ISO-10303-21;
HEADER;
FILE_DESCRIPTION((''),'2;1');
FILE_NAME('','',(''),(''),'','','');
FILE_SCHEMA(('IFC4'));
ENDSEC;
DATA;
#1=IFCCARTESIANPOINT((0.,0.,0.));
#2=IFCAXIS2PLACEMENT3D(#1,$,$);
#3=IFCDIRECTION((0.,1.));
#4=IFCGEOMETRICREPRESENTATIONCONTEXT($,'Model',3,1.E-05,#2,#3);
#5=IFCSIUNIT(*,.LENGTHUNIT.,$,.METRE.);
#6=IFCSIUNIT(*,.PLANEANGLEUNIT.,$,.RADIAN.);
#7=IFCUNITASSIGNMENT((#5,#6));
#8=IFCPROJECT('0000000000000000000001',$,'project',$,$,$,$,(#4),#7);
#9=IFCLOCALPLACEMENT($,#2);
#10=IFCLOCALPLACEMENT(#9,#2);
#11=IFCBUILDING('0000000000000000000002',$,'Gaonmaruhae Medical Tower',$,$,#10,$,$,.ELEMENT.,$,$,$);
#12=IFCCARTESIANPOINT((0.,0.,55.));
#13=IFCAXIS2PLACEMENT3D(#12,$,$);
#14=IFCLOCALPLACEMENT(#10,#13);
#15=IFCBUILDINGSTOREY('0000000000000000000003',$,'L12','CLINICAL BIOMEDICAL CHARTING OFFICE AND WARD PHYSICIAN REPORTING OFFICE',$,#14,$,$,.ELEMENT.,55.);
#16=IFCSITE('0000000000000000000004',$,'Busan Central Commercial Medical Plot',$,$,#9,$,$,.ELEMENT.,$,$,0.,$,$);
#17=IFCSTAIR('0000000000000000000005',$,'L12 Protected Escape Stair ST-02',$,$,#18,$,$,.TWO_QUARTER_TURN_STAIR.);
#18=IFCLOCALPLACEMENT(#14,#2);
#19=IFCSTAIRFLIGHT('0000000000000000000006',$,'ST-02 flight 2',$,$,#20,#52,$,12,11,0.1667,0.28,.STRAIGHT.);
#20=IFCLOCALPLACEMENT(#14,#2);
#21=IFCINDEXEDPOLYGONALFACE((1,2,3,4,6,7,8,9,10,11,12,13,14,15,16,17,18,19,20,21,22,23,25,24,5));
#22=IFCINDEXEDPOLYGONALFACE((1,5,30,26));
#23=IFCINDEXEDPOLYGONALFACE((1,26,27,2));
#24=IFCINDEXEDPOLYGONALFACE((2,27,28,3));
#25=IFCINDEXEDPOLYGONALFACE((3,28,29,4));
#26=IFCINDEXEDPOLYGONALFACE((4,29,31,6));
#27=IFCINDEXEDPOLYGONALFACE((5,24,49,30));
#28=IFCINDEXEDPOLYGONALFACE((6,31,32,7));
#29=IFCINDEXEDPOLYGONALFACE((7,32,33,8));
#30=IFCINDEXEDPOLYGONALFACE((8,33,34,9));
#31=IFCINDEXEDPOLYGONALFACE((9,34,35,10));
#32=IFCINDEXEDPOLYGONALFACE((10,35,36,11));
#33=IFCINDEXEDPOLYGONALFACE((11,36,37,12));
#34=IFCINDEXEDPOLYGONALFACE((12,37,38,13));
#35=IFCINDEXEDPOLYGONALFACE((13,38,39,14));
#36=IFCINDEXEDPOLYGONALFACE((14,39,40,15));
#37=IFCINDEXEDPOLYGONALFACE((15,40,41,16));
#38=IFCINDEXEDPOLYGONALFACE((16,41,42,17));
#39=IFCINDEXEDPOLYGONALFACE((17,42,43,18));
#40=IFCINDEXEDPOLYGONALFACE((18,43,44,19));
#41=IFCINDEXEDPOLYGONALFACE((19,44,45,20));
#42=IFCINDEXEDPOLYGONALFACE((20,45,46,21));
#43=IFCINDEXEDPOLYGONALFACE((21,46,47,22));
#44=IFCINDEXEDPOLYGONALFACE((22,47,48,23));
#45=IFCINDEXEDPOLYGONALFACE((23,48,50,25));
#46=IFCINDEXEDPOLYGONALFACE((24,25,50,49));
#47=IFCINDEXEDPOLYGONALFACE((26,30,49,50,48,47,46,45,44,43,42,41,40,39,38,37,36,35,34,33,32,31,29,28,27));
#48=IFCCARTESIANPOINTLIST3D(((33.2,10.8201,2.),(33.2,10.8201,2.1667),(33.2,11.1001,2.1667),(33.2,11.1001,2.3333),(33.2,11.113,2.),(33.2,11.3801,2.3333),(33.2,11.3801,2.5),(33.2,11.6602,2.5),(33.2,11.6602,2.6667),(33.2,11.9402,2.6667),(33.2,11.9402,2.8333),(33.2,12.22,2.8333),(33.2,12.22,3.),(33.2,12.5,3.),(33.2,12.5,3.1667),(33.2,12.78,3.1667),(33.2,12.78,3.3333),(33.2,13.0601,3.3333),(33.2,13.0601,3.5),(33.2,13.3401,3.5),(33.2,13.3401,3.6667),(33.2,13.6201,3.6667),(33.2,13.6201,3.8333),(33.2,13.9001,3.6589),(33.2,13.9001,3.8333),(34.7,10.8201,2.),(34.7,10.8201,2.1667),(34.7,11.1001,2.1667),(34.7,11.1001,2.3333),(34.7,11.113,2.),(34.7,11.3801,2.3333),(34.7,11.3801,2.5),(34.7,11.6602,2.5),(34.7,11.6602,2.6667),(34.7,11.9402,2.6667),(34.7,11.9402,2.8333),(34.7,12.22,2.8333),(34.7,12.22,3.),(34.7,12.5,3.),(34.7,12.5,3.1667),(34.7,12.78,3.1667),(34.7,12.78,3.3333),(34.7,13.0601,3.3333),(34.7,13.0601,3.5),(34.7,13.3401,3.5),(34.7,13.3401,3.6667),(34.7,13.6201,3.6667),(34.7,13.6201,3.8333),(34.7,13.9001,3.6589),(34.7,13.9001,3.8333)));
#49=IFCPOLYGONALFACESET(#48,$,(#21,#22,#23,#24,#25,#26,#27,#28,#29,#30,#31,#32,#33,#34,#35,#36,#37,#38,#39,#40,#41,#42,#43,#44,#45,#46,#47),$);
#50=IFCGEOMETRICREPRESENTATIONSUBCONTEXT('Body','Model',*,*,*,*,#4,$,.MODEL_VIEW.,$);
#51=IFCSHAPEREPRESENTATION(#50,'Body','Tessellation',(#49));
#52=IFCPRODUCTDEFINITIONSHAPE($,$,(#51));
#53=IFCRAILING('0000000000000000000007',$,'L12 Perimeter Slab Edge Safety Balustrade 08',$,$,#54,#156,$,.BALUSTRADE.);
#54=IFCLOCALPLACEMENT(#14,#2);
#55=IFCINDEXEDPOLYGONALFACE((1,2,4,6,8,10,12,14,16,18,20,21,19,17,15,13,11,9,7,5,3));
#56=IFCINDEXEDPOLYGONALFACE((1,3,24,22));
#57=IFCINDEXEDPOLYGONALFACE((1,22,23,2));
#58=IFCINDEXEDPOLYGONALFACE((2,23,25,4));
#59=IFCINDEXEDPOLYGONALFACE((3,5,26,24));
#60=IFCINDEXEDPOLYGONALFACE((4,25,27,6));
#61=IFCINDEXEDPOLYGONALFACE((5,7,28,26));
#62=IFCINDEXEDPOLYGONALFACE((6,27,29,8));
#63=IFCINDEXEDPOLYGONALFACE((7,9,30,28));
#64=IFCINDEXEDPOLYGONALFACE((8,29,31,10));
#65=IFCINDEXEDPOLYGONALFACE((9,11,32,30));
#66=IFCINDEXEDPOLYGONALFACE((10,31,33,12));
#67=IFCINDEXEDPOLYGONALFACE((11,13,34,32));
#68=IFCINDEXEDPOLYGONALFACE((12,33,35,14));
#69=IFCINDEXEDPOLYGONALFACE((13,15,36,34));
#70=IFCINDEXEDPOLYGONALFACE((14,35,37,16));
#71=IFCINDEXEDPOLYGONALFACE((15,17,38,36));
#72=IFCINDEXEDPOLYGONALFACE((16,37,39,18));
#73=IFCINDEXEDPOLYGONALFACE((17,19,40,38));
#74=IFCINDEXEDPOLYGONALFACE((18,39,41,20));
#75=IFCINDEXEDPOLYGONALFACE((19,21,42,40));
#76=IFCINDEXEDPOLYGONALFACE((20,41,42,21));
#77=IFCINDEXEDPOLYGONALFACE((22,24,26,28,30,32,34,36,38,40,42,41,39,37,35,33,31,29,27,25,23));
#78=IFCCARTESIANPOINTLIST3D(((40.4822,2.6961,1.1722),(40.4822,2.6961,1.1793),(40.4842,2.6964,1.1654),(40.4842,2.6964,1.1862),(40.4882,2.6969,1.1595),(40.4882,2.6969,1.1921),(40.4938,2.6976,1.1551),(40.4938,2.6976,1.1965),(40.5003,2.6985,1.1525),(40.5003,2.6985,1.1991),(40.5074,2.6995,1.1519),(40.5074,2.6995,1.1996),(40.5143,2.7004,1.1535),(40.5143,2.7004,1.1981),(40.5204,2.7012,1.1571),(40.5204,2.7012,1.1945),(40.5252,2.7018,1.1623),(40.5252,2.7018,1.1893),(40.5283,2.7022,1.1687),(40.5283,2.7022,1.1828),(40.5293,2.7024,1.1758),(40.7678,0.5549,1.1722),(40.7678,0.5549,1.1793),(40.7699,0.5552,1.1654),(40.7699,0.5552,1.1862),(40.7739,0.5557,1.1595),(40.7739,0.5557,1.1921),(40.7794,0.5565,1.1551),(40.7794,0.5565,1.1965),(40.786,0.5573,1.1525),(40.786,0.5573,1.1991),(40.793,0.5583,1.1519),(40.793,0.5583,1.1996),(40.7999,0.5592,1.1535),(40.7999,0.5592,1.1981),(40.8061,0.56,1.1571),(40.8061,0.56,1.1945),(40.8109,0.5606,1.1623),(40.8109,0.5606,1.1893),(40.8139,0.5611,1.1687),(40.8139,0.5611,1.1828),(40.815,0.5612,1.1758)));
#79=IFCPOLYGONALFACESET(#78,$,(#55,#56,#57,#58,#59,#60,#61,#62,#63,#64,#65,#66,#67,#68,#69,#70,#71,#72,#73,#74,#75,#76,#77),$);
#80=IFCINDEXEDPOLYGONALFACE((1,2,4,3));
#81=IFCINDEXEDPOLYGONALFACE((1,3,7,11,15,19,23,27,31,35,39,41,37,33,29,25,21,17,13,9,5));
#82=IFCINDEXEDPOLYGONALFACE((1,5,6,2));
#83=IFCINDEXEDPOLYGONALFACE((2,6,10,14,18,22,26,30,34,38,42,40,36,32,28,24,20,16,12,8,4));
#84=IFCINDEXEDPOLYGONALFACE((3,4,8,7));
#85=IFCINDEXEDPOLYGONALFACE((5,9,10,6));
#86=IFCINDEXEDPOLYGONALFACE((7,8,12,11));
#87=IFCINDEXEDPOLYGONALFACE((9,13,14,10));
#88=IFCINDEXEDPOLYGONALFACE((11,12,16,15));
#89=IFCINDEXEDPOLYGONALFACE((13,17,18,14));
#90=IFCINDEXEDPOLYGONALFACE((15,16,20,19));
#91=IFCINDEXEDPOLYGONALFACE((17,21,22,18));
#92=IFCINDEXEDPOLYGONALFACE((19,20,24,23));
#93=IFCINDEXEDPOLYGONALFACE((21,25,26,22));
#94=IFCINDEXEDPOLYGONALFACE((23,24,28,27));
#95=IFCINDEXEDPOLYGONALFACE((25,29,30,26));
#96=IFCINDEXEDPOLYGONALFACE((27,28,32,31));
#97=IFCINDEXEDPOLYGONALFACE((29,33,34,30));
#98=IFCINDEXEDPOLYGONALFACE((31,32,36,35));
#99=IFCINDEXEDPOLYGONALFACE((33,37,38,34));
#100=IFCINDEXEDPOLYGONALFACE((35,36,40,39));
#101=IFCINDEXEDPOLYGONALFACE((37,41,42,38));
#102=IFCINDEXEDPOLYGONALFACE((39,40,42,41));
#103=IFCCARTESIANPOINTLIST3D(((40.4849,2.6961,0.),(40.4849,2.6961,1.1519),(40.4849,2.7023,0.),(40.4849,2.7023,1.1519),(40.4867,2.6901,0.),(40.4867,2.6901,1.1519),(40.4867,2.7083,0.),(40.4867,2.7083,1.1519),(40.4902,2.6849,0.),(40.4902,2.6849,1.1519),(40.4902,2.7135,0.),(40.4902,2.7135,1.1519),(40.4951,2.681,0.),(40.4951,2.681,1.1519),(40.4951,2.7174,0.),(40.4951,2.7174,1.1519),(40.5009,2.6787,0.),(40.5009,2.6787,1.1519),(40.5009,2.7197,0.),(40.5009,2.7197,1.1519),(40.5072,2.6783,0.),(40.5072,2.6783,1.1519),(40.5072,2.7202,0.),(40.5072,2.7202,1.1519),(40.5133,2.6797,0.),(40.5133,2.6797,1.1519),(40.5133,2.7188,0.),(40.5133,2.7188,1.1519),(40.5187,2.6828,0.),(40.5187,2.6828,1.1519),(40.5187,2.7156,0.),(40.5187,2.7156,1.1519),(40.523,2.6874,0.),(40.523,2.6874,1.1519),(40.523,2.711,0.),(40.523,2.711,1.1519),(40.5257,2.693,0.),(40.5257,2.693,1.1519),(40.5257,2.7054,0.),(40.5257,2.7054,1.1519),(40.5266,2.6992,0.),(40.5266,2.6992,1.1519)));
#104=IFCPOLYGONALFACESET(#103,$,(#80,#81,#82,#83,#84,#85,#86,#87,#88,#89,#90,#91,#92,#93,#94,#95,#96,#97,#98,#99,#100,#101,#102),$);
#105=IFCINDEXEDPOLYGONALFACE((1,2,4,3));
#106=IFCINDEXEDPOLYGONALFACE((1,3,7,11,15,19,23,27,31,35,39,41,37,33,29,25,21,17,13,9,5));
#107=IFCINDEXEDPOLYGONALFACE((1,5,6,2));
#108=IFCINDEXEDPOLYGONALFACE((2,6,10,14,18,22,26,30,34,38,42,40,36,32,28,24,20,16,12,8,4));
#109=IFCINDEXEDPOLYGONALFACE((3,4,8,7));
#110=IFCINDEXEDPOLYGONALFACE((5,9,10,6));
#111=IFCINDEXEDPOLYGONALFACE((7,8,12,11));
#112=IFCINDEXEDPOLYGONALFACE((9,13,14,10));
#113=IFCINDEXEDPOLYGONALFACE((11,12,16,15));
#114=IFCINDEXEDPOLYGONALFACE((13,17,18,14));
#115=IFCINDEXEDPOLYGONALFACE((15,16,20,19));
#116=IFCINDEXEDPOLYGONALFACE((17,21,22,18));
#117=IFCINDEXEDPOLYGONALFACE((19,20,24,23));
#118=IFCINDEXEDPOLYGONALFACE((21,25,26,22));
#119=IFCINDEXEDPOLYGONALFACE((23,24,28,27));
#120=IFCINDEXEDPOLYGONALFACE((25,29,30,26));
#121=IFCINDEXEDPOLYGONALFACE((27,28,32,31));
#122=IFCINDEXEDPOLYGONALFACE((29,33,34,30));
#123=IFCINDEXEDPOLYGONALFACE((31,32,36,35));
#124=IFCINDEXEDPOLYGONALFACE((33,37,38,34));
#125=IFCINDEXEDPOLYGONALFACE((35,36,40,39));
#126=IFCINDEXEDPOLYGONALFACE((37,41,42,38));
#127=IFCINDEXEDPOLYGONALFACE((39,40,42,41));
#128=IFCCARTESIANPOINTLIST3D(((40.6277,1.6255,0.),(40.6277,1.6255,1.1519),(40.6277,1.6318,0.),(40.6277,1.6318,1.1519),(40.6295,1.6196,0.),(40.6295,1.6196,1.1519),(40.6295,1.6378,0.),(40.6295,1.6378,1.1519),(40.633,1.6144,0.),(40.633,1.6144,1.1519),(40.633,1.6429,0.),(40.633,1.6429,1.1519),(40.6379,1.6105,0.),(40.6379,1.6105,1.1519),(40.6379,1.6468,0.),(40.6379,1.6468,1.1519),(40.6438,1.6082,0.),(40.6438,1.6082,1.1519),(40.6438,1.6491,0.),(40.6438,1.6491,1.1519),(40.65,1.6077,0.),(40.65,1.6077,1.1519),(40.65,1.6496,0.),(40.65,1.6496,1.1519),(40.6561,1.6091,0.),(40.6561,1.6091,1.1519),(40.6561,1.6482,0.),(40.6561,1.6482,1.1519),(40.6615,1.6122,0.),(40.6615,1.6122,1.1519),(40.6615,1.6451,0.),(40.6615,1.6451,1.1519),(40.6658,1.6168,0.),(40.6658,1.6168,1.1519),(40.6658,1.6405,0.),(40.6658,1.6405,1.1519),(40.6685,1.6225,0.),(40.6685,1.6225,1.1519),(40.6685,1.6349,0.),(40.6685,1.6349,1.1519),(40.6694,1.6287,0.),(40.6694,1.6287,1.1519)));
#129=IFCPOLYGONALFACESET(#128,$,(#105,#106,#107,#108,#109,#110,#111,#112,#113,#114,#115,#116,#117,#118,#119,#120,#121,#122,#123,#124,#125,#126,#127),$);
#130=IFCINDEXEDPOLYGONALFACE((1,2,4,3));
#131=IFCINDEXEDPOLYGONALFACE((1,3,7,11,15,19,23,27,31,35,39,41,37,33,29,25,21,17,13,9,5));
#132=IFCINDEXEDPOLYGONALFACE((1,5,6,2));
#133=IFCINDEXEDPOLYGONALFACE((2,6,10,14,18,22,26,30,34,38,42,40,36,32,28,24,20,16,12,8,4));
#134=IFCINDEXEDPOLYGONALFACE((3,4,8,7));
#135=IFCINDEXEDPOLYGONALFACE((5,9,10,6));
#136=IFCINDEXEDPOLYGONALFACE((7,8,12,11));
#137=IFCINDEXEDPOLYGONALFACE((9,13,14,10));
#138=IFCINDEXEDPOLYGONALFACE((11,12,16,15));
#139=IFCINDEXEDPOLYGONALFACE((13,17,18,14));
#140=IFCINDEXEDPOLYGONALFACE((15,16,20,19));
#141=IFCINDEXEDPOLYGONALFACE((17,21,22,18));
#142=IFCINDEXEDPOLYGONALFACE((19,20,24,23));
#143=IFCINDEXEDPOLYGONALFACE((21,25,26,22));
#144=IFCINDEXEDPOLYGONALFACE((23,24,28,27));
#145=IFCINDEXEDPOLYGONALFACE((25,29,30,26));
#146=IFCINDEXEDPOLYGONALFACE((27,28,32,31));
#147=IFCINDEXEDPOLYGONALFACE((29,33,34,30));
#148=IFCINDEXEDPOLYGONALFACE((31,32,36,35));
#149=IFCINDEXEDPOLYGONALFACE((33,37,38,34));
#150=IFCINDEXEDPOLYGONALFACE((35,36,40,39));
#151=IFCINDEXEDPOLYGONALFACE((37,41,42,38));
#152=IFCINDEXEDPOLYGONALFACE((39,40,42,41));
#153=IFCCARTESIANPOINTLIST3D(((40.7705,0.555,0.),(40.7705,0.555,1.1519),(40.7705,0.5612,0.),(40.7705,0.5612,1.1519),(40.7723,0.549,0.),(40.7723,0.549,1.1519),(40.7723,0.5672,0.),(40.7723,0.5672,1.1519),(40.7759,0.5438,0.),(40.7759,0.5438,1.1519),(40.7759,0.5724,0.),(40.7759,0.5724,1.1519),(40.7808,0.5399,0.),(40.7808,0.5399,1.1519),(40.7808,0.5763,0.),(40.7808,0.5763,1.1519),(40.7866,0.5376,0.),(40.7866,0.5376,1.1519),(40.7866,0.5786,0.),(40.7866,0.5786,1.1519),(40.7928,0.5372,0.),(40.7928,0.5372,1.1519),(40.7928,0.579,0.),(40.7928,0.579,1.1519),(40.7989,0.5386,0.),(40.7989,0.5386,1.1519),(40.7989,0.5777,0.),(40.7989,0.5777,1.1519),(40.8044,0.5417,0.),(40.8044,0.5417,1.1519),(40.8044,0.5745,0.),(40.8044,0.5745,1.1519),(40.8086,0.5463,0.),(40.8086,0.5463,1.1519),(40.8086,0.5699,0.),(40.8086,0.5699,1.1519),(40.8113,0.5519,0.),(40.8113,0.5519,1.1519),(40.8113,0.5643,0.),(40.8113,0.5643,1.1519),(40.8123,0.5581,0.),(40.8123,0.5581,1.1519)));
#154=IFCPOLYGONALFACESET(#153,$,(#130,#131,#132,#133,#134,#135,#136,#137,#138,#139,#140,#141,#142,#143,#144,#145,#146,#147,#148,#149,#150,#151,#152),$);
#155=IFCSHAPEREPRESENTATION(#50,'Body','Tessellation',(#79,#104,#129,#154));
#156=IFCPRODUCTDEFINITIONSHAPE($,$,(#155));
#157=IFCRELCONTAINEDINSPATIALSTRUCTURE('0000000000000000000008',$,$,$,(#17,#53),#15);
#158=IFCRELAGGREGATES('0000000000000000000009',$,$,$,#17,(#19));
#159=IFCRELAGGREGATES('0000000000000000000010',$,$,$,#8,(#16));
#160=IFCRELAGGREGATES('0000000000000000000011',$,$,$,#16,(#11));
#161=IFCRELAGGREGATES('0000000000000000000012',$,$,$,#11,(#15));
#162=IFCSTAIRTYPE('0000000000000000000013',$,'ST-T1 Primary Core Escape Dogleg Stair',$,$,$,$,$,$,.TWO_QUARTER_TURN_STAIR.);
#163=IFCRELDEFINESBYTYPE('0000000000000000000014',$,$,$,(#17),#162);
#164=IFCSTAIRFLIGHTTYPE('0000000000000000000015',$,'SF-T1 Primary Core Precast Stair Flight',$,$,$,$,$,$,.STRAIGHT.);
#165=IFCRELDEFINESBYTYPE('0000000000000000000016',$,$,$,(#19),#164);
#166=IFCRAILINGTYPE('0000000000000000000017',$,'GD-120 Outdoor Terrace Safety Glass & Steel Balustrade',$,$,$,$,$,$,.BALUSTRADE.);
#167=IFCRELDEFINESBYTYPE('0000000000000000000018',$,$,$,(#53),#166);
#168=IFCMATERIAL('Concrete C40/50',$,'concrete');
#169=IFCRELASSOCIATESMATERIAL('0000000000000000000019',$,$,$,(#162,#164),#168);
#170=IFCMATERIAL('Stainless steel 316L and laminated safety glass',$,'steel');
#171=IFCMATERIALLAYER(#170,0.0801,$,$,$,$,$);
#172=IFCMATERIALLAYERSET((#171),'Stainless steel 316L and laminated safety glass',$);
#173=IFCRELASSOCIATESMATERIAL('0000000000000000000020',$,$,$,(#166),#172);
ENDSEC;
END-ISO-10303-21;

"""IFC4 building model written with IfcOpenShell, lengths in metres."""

from ifc_helpers import new_model, si_unit, direction, frame, origin, origin_2d, place, context, subcontext, project, spatial, polyline, circle, outline, extrude, material, layer, layer_set, type_object, element, aggregate, save


model = new_model("IFC4")

# Units and contexts
model_context = context("Model", 3, precision=1e-05, world=origin(), true_north=direction((0.0, 1.0)))
body_context = subcontext(model_context, "Body", "Model", "MODEL_VIEW")
ifc_project = project(units=[si_unit("LENGTHUNIT", "METRE"), si_unit("PLANEANGLEUNIT", "RADIAN")], contexts=[model_context])

# Site, building, storey
site_placement = place(None, origin())
site = spatial("IfcSite", under=ifc_project, at=site_placement, Name="Busan Central Commercial Medical Plot", CompositionType="ELEMENT", RefElevation=0.0)
building_placement = place(site_placement, origin())
building = spatial("IfcBuilding", under=site, at=building_placement, Name="Gaonmaruhae Medical Tower", CompositionType="ELEMENT")
storey_placement = place(building_placement, frame((0.0, 0.0, 55.0)))
storey = spatial("IfcBuildingStorey", under=building, at=storey_placement, Name="L12", Description="CLINICAL BIOMEDICAL CHARTING OFFICE AND WARD PHYSICIAN REPORTING OFFICE", CompositionType="ELEMENT", Elevation=55.0)

# Stair, stair flight
ifc_material_1 = material(Name="Concrete C40/50", Category="concrete")
stair_type = type_object("IfcStairType", Name="ST-T1 Primary Core Escape Dogleg Stair", PredefinedType="TWO_QUARTER_TURN_STAIR", material=ifc_material_1)
stair_placement = place(storey_placement, origin())
stair = element("IfcStair", 1, at=stair_placement, inside=storey, type_object=stair_type, Name="L12 Protected Escape Stair ST-02", PredefinedType="TWO_QUARTER_TURN_STAIR")
stair_flight_type = type_object("IfcStairFlightType", Name="SF-T1 Primary Core Precast Stair Flight", PredefinedType="STRAIGHT", material=ifc_material_1)
stair_flight_placement = place(storey_placement, frame((33.95, 10.8201, 2.0), z_axis=(0.0, 0.0, 1.0), x_axis=(0.0, 1.0, 0.0)))
stair_flight = element("IfcStairFlight", 2, at=stair_flight_placement, type_object=stair_flight_type, Name="ST-02 flight 2", NumberOfRisers=12, NumberOfTreads=11, PredefinedType="STRAIGHT", RiserHeight=0.1667, TreadLength=0.28, context=body_context, shape_type="SweptSolid", body=[
    extrude(outline(polyline([(0.0, 0.0), (0.0, 0.1667), (0.28, 0.1667), (0.28, 0.3333), (0.5601, 0.3333), (0.5601, 0.5), (0.8401, 0.5), (0.8401, 0.6667), (1.1201, 0.6667), (1.1201, 0.8333), (1.3999, 0.8333), (1.3999, 1.0), (1.6799, 1.0), (1.6799, 1.1667), (1.96, 1.1667), (1.96, 1.3333), (2.24, 1.3333), (2.24, 1.5), (2.52, 1.5), (2.52, 1.6667), (2.8, 1.6667), (2.8, 1.8333), (3.0801, 1.8333), (3.0801, 2.0), (3.0801, 1.6589), (0.293, 0.0), (0.0, 0.0)])), frame((0.0, 0.75, 0.0), z_axis=(0.0, -1.0, 0.0), x_axis=(1.0, 0.0, 0.0)), (0.0, 0.0, 1.0), 1.5),
])
aggregate(stair, [stair_flight])

# Railing
ifc_material_2 = material(Name="Stainless steel 316L and laminated safety glass", Category="steel")
ifc_layer_1 = layer(ifc_material_2, 0.0801)
ifc_layer_set_1 = layer_set([ifc_layer_1], Name="Stainless steel 316L and laminated safety glass")
railing_type_1 = type_object("IfcRailingType", Name="GD-120 Outdoor Terrace Safety Glass & Steel Balustrade", PredefinedType="BALUSTRADE", material=ifc_layer_set_1)
railing_1_placement = place(storey_placement, frame((40.5056, 2.6992, 0.0)))
element("IfcRailing", 3, at=railing_1_placement, inside=storey, type_object=railing_type_1, Name="L12 Perimeter Slab Edge Safety Balustrade 08", PredefinedType="BALUSTRADE", context=body_context, shape_type="SweptSolid", body=[
    extrude(circle(Radius=0.0239, at=origin_2d()), frame((0.0, 0.0, 1.1758), z_axis=(0.132238, -0.991218, 0.0), x_axis=(0.991218, 0.132238, 0.0)), (0.0, 0.0, 1.0), 2.1602),
    extrude(circle(Radius=0.021, at=origin_2d()), origin(), (0.0, 0.0, 1.0), 1.1519),
    extrude(circle(Radius=0.021, at=origin_2d()), frame((0.1428, -1.0706, 0.0)), (0.0, 0.0, 1.0), 1.1519),
    extrude(circle(Radius=0.021, at=origin_2d()), frame((0.2856, -2.1411, 0.0)), (0.0, 0.0, 1.0), 1.1519),
])

save(model, "model.ifc")
